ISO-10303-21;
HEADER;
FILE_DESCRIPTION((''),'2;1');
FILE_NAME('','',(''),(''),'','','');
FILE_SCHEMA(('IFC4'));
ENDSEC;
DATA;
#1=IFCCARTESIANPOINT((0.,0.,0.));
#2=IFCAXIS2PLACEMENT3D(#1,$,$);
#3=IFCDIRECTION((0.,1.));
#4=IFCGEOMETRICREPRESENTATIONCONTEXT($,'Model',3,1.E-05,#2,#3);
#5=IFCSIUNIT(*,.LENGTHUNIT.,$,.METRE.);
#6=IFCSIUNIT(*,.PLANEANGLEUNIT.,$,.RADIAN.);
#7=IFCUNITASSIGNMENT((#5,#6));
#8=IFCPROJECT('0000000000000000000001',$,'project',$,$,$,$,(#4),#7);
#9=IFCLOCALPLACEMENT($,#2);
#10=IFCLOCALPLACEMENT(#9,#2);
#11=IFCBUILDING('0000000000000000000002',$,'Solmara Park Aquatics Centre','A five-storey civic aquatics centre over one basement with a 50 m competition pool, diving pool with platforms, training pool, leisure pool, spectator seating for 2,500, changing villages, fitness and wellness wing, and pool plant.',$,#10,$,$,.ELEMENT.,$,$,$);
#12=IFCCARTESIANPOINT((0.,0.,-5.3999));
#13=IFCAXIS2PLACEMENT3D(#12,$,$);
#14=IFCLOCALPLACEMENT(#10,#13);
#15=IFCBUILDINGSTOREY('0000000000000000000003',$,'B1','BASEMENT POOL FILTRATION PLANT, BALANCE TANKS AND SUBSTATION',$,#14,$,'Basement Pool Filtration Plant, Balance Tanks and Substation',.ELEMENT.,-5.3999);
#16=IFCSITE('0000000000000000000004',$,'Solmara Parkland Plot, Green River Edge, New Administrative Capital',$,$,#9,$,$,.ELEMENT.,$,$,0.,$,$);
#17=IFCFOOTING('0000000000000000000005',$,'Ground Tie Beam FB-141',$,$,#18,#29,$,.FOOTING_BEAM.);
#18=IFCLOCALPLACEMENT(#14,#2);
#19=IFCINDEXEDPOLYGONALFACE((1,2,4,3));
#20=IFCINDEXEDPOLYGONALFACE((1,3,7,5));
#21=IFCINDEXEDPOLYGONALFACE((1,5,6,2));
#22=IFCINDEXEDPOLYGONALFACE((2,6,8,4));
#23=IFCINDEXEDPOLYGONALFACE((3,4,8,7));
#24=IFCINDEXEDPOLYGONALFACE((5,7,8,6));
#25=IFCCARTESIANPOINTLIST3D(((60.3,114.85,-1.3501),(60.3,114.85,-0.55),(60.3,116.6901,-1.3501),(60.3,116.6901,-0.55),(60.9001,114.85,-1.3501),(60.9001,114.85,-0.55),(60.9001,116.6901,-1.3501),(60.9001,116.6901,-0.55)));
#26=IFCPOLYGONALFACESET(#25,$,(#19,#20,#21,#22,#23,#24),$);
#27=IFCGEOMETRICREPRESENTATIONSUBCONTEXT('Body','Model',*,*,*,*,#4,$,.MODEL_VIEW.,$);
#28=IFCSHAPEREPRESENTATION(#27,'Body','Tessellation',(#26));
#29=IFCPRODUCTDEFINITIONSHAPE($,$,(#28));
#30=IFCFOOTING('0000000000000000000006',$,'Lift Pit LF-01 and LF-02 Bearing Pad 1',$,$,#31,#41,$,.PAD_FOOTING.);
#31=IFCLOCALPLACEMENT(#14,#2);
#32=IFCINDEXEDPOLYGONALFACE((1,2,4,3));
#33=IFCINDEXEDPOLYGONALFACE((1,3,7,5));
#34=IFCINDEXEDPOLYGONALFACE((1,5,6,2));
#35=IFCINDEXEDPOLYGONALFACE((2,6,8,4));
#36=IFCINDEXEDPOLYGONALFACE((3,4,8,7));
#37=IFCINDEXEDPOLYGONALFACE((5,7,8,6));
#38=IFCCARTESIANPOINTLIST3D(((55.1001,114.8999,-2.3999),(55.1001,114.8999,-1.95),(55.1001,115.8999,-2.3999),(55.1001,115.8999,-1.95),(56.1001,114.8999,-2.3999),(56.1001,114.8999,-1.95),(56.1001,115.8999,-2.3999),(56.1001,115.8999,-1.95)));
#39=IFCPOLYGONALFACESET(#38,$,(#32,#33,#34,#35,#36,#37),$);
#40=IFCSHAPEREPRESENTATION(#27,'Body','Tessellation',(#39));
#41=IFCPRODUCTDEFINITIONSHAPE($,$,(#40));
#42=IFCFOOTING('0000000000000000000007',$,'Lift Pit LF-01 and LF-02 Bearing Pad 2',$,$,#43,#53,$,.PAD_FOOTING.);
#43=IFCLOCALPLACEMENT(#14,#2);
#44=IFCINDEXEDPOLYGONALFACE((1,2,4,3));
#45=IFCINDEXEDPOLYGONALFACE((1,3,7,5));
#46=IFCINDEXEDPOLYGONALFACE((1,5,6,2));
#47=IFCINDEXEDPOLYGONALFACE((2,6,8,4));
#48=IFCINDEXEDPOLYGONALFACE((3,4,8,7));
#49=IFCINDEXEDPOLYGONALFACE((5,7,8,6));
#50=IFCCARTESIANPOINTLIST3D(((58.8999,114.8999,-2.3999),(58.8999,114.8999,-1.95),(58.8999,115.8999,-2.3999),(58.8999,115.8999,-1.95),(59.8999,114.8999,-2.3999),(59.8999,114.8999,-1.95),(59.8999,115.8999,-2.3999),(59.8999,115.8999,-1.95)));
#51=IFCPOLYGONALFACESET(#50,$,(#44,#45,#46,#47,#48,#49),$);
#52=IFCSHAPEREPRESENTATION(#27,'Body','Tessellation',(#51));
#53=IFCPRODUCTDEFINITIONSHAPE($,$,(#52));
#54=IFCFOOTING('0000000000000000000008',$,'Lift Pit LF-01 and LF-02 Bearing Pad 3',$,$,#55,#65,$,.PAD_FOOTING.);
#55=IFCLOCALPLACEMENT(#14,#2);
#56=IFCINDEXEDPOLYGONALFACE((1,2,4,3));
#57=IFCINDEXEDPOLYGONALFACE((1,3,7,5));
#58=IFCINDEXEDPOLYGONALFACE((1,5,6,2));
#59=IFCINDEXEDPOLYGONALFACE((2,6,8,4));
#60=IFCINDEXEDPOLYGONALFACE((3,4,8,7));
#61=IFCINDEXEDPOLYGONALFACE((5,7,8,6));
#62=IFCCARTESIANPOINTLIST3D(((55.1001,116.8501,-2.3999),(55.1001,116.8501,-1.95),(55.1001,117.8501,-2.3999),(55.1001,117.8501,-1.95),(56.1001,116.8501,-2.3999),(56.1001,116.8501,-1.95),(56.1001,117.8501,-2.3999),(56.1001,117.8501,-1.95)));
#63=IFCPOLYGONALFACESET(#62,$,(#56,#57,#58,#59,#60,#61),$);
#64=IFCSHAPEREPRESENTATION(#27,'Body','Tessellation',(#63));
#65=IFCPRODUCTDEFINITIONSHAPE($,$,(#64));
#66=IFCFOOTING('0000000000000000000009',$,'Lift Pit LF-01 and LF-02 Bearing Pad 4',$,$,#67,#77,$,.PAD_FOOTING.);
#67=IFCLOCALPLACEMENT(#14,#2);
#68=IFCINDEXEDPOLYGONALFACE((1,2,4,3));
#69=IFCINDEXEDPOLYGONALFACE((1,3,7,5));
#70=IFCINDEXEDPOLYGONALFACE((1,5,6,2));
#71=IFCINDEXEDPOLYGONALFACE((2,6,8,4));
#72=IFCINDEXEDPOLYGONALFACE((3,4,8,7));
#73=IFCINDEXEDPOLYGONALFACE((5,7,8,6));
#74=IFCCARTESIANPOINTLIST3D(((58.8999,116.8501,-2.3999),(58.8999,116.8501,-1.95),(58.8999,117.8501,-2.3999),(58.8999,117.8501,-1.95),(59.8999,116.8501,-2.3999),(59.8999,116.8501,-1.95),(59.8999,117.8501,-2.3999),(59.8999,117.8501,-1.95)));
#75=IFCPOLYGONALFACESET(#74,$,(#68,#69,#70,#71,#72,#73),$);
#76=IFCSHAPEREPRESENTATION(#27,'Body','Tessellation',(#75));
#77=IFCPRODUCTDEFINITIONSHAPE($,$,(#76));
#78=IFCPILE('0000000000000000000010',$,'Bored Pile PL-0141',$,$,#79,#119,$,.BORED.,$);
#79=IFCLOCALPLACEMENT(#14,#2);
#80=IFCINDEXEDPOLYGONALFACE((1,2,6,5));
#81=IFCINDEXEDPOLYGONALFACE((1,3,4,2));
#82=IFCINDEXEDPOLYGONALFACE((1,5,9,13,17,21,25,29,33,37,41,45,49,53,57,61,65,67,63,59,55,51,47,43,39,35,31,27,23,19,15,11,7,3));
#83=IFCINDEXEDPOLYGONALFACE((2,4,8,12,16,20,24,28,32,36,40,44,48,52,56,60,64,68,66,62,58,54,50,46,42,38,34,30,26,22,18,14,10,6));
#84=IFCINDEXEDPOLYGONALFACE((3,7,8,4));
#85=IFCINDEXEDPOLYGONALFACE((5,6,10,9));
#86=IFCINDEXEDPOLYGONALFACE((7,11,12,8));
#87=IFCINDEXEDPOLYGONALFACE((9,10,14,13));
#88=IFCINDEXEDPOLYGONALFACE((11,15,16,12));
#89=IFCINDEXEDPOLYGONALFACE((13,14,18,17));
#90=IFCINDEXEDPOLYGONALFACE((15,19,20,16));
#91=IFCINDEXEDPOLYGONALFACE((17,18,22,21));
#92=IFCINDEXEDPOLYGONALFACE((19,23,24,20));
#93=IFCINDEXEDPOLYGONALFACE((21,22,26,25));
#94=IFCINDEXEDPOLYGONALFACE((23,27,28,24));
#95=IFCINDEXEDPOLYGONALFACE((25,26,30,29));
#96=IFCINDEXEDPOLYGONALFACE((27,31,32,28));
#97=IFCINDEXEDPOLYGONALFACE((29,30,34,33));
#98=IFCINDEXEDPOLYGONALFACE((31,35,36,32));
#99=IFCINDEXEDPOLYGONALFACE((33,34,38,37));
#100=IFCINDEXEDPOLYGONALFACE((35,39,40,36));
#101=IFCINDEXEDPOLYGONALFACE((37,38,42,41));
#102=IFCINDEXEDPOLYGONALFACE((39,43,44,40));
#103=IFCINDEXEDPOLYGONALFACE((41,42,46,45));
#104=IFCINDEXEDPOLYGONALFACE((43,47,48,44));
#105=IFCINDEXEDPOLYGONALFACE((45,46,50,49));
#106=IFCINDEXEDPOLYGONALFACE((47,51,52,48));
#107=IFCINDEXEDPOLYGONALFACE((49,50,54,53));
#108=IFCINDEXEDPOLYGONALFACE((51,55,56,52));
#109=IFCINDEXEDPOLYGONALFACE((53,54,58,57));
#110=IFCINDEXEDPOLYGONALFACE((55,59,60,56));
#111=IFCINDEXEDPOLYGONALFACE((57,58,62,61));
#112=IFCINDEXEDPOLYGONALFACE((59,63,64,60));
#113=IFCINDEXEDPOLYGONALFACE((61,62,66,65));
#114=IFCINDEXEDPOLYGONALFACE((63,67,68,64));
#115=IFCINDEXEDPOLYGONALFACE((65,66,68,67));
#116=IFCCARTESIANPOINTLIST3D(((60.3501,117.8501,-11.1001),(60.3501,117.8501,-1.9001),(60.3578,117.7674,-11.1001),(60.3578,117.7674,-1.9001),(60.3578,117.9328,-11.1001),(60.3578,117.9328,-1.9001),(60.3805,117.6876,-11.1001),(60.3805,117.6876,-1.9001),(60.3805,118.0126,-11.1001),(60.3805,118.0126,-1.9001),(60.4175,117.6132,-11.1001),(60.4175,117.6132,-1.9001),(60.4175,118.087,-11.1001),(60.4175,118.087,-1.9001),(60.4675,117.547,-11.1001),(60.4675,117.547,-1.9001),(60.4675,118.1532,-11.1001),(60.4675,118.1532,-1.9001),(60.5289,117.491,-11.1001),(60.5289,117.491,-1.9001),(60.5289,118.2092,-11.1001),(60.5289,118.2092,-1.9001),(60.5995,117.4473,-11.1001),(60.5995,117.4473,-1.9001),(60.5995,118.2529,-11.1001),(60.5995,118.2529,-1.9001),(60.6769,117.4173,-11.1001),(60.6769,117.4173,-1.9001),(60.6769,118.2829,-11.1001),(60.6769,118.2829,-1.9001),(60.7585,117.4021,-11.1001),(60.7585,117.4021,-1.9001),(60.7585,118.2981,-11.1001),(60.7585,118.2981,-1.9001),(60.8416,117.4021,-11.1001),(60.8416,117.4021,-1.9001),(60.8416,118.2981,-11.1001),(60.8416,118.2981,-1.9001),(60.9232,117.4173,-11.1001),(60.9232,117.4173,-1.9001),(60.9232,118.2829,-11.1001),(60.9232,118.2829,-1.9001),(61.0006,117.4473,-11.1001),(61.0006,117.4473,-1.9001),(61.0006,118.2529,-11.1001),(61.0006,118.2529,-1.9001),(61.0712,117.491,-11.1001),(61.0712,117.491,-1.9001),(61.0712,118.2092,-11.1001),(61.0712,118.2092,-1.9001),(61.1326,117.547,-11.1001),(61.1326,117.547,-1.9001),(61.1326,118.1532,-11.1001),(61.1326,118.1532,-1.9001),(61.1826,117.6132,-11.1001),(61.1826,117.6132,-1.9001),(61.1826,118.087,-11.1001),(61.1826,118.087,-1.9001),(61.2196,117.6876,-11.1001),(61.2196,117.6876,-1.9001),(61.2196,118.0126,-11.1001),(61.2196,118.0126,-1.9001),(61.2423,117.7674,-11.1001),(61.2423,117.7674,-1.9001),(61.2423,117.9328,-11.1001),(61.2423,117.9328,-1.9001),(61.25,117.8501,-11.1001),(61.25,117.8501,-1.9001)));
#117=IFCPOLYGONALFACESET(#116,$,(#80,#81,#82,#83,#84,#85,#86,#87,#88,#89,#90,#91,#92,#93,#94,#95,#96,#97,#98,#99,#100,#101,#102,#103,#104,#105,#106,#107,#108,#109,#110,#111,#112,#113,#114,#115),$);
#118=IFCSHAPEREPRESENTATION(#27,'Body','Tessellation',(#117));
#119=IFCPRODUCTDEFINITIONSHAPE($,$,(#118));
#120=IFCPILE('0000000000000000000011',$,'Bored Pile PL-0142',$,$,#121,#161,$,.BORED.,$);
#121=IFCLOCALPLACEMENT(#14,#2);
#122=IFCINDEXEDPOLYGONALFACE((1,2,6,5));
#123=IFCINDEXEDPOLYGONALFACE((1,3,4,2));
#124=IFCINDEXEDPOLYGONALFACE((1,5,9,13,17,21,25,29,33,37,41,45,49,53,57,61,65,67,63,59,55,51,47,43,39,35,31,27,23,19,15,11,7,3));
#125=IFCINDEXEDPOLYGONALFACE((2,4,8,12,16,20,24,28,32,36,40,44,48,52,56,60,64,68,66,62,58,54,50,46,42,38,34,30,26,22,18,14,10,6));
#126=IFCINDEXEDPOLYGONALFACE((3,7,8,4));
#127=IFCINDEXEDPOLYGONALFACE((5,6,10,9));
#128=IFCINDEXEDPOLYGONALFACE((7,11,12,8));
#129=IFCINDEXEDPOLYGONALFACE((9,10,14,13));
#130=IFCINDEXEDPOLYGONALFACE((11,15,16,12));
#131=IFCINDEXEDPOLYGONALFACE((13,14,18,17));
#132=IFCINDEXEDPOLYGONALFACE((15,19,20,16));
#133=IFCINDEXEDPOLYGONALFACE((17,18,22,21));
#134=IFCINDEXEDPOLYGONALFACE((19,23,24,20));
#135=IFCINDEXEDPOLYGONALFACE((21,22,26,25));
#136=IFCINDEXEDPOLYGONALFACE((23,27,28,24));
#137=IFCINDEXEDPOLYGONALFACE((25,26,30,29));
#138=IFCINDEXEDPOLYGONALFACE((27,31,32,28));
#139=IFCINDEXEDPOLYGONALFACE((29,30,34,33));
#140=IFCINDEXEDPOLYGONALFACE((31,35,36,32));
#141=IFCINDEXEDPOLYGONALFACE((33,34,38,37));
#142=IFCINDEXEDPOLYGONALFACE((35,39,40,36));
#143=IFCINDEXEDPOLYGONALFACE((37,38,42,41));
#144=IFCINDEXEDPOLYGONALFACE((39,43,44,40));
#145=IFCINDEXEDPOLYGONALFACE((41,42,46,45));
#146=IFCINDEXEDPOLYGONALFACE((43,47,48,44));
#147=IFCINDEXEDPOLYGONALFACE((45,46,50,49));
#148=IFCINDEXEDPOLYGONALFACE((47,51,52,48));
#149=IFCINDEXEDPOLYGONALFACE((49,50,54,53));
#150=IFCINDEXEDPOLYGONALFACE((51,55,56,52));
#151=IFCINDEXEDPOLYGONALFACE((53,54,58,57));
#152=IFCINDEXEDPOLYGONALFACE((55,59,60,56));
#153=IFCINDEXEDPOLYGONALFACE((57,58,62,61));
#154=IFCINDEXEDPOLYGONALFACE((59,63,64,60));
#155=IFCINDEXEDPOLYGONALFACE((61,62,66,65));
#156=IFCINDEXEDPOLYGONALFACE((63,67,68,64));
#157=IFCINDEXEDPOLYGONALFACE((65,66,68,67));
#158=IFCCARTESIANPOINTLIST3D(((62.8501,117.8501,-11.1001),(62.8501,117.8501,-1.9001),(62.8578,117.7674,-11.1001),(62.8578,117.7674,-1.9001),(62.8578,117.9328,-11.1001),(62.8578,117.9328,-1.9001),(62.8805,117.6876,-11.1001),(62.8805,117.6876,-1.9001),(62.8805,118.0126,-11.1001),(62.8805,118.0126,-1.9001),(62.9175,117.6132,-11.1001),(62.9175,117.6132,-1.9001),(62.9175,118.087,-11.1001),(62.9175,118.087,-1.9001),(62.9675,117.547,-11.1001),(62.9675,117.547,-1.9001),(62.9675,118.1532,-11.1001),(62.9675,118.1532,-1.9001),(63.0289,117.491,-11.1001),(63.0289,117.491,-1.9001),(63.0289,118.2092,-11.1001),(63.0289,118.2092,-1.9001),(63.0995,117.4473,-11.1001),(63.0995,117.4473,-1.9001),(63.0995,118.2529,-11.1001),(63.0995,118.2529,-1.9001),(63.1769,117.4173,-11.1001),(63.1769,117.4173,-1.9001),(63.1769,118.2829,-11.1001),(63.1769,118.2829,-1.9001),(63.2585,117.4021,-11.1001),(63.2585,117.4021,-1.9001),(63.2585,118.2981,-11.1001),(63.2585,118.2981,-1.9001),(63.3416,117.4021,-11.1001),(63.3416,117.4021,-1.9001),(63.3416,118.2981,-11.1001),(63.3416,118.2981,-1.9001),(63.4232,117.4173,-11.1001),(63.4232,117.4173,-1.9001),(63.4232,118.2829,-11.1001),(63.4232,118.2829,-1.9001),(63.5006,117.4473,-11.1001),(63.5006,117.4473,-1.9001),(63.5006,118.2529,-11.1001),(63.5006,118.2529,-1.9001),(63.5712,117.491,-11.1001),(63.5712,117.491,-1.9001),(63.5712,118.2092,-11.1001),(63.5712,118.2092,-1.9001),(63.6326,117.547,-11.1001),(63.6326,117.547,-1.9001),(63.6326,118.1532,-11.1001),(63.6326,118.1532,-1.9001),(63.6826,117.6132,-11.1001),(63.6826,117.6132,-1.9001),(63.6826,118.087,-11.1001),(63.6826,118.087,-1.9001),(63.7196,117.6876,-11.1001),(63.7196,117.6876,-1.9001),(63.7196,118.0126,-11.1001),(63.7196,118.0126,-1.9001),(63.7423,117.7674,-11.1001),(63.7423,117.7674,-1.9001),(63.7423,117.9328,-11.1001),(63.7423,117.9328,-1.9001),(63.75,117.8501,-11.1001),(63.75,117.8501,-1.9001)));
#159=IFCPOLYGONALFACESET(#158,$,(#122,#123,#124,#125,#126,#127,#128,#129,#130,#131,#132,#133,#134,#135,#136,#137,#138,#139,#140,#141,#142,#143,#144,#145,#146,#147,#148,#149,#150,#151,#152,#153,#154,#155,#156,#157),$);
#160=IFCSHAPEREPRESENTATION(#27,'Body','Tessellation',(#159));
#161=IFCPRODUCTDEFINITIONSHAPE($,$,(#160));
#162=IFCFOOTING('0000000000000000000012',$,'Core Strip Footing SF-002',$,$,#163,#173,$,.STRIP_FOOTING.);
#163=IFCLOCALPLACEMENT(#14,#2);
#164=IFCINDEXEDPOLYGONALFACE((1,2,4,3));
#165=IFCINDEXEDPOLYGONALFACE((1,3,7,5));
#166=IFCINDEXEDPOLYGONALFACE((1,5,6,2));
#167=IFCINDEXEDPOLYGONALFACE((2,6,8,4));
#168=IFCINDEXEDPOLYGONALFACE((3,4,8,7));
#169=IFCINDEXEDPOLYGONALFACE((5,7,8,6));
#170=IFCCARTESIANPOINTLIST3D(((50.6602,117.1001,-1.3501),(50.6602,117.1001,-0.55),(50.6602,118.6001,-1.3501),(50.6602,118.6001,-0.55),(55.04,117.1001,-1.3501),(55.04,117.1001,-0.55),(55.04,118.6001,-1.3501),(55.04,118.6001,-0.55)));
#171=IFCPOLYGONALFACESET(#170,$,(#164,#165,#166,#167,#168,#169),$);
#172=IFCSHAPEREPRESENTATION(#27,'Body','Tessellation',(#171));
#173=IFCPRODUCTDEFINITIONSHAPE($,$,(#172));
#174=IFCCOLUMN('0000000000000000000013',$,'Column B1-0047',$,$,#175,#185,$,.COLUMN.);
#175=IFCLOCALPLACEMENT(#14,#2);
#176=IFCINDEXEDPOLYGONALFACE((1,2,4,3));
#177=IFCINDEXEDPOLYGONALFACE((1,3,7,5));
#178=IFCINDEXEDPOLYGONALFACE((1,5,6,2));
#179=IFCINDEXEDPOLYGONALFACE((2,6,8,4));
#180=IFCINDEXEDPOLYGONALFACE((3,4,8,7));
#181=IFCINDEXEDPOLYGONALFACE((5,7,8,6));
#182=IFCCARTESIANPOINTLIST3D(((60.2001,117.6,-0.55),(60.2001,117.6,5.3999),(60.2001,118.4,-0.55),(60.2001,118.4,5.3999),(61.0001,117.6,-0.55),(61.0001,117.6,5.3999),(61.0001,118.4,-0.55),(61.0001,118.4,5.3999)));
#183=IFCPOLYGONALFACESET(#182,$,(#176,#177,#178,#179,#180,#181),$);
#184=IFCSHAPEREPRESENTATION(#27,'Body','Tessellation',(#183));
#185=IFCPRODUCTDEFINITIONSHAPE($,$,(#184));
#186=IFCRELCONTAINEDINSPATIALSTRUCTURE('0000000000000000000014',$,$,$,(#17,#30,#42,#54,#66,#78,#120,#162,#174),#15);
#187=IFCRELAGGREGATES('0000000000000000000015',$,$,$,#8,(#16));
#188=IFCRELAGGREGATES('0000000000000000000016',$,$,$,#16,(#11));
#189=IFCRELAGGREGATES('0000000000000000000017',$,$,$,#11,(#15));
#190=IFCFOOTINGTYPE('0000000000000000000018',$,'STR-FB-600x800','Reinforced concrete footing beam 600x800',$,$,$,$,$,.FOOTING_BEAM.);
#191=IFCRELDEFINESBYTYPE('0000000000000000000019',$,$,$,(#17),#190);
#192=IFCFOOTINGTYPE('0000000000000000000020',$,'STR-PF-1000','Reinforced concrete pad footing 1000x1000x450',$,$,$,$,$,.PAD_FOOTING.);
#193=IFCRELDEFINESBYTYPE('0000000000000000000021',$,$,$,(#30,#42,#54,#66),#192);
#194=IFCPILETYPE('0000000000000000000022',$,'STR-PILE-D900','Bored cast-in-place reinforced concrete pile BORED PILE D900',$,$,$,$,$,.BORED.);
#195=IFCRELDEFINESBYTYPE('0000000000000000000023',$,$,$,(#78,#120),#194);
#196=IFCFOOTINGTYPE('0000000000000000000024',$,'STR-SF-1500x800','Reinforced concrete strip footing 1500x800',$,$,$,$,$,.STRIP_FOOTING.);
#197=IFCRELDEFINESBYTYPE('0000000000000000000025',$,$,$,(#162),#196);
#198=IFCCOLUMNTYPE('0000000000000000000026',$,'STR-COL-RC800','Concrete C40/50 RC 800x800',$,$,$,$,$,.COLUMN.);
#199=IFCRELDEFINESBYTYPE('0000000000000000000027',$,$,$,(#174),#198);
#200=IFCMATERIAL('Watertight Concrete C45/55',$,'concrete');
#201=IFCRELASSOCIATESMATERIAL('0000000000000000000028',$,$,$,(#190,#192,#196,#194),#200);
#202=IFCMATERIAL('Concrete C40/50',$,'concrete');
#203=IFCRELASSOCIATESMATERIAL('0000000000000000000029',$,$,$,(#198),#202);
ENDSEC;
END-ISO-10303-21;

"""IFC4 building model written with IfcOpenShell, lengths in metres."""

from ifc_helpers import new_model, si_unit, direction, frame, origin, origin_2d, place, context, subcontext, project, spatial, rectangle, circle, extrude, material, material_profile, profile_set, type_object, element, save


model = new_model("IFC4")

# Units and contexts
model_context = context("Model", 3, precision=1e-05, world=origin(), true_north=direction((0.0, 1.0)))
body_context = subcontext(model_context, "Body", "Model", "MODEL_VIEW")
ifc_project = project(units=[si_unit("LENGTHUNIT", "METRE"), si_unit("PLANEANGLEUNIT", "RADIAN")], contexts=[model_context])

# Site, building, storey
site_placement = place(None, origin())
site = spatial("IfcSite", under=ifc_project, at=site_placement, Name="Solmara Parkland Plot, Green River Edge, New Administrative Capital", CompositionType="ELEMENT", RefElevation=0.0)
building_placement = place(site_placement, origin())
building = spatial("IfcBuilding", under=site, at=building_placement, Name="Solmara Park Aquatics Centre", Description="A five-storey civic aquatics centre over one basement with a 50 m competition pool, diving pool with platforms, training pool, leisure pool, spectator seating for 2,500, changing villages, fitness and wellness wing, and pool plant.", CompositionType="ELEMENT")
storey_placement = place(building_placement, frame((0.0, 0.0, -5.3999)))
storey = spatial("IfcBuildingStorey", under=building, at=storey_placement, Name="B1", Description="BASEMENT POOL FILTRATION PLANT, BALANCE TANKS AND SUBSTATION", LongName="Basement Pool Filtration Plant, Balance Tanks and Substation", CompositionType="ELEMENT", Elevation=-5.3999)

# Footings
ifc_material_1 = material(Name="Watertight Concrete C45/55", Category="concrete")
footing_type_1 = type_object("IfcFootingType", Name="STR-FB-600x800", Description="Reinforced concrete footing beam 600x800", PredefinedType="FOOTING_BEAM", material=ifc_material_1)
footing_1_placement = place(storey_placement, frame((60.6001, 115.77, -1.3501), z_axis=(0.0, 0.0, 1.0), x_axis=(1.0, 0.0, 0.0)))
element("IfcFooting", 1, at=footing_1_placement, inside=storey, type_object=footing_type_1, Name="Ground Tie Beam FB-141", PredefinedType="FOOTING_BEAM", context=body_context, shape_type="SweptSolid", body=[
    extrude(rectangle(XDim=0.6001, YDim=1.8401, at=origin_2d()), origin(), (0.0, 0.0, 1.0), 0.8),
])
footing_type_2 = type_object("IfcFootingType", Name="STR-PF-1000", Description="Reinforced concrete pad footing 1000x1000x450", PredefinedType="PAD_FOOTING", material=ifc_material_1)
for number, where, z_axis, x_axis, name in (
    (2, (55.6001, 115.3999, -2.3999), (0.0, 0.0, 1.0), (1.0, 0.0, 0.0), "Lift Pit LF-01 and LF-02 Bearing Pad 1"),
    (3, (59.3999, 115.3999, -2.3999), (0.0, 0.0, 1.0), (1.0, 0.0, 0.0), "Lift Pit LF-01 and LF-02 Bearing Pad 2"),
    (4, (55.6001, 117.3501, -2.3999), (0.0, 0.0, 1.0), (1.0, 0.0, 0.0), "Lift Pit LF-01 and LF-02 Bearing Pad 3"),
    (5, (59.3999, 117.3501, -2.3999), (0.0, 0.0, 1.0), (1.0, 0.0, 0.0), "Lift Pit LF-01 and LF-02 Bearing Pad 4"),
):
    element("IfcFooting", number, at=place(storey_placement, frame(where, z_axis=z_axis, x_axis=x_axis)), inside=storey, type_object=footing_type_2, Name=name, PredefinedType="PAD_FOOTING", context=body_context, shape_type="SweptSolid", body=[
        extrude(rectangle(XDim=1.0, YDim=1.0, at=origin_2d()), origin(), (0.0, 0.0, 1.0), 0.45),
    ])

# Piles
ifc_material_profile_1 = material_profile(ifc_material_1, circle(Radius=0.45, at=origin_2d()), Name="BORED PILE D900")
ifc_profile_set_1 = profile_set([ifc_material_profile_1], Name="Watertight Concrete C45/55")
pile_type = type_object("IfcPileType", Name="STR-PILE-D900", Description="Bored cast-in-place reinforced concrete pile BORED PILE D900", PredefinedType="BORED", material=ifc_profile_set_1)
for number, where, z_axis, x_axis, name in (
    (6, (60.8, 117.8501, -1.9001), (0.0, 0.0, -1.0), (1.0, 0.0, 0.0), "Bored Pile PL-0141"),
    (7, (63.3, 117.8501, -1.9001), (0.0, 0.0, -1.0), (1.0, 0.0, 0.0), "Bored Pile PL-0142"),
):
    element("IfcPile", number, at=place(storey_placement, frame(where, z_axis=z_axis, x_axis=x_axis)), inside=storey, type_object=pile_type, Name=name, PredefinedType="BORED", context=body_context, shape_type="SweptSolid", body=[
        extrude(circle(Radius=0.45, at=origin_2d()), origin(), (0.0, 0.0, 1.0), 9.2),
    ])

# Footing
footing_type_3 = type_object("IfcFootingType", Name="STR-SF-1500x800", Description="Reinforced concrete strip footing 1500x800", PredefinedType="STRIP_FOOTING", material=ifc_material_1)
footing_2_placement = place(storey_placement, frame((52.8501, 117.8501, -1.3501), z_axis=(0.0, 0.0, 1.0), x_axis=(1.0, 0.0, 0.0)))
element("IfcFooting", 8, at=footing_2_placement, inside=storey, type_object=footing_type_3, Name="Core Strip Footing SF-002", PredefinedType="STRIP_FOOTING", context=body_context, shape_type="SweptSolid", body=[
    extrude(rectangle(XDim=4.3799, YDim=1.5, at=origin_2d()), origin(), (0.0, 0.0, 1.0), 0.8),
])

# Column
ifc_material_2 = material(Name="Concrete C40/50", Category="concrete")
ifc_material_profile_2 = material_profile(ifc_material_2, rectangle(XDim=0.8, YDim=0.8, at=origin_2d()), Name="RC 800x800")
ifc_profile_set_2 = profile_set([ifc_material_profile_2], Name="Concrete C40/50")
column_type = type_object("IfcColumnType", Name="STR-COL-RC800", Description="Concrete C40/50 RC 800x800", PredefinedType="COLUMN", material=ifc_profile_set_2)
column_placement = place(storey_placement, frame((60.6001, 118.0, -0.55), z_axis=(0.0, 0.0, 1.0), x_axis=(1.0, 0.0, 0.0)))
element("IfcColumn", 9, at=column_placement, inside=storey, type_object=column_type, Name="Column B1-0047", PredefinedType="COLUMN", context=body_context, shape_type="SweptSolid", body=[
    extrude(rectangle(XDim=0.8, YDim=0.8, at=origin_2d()), origin(), (0.0, 0.0, 1.0), 5.95),
])

save(model, "model.ifc")
